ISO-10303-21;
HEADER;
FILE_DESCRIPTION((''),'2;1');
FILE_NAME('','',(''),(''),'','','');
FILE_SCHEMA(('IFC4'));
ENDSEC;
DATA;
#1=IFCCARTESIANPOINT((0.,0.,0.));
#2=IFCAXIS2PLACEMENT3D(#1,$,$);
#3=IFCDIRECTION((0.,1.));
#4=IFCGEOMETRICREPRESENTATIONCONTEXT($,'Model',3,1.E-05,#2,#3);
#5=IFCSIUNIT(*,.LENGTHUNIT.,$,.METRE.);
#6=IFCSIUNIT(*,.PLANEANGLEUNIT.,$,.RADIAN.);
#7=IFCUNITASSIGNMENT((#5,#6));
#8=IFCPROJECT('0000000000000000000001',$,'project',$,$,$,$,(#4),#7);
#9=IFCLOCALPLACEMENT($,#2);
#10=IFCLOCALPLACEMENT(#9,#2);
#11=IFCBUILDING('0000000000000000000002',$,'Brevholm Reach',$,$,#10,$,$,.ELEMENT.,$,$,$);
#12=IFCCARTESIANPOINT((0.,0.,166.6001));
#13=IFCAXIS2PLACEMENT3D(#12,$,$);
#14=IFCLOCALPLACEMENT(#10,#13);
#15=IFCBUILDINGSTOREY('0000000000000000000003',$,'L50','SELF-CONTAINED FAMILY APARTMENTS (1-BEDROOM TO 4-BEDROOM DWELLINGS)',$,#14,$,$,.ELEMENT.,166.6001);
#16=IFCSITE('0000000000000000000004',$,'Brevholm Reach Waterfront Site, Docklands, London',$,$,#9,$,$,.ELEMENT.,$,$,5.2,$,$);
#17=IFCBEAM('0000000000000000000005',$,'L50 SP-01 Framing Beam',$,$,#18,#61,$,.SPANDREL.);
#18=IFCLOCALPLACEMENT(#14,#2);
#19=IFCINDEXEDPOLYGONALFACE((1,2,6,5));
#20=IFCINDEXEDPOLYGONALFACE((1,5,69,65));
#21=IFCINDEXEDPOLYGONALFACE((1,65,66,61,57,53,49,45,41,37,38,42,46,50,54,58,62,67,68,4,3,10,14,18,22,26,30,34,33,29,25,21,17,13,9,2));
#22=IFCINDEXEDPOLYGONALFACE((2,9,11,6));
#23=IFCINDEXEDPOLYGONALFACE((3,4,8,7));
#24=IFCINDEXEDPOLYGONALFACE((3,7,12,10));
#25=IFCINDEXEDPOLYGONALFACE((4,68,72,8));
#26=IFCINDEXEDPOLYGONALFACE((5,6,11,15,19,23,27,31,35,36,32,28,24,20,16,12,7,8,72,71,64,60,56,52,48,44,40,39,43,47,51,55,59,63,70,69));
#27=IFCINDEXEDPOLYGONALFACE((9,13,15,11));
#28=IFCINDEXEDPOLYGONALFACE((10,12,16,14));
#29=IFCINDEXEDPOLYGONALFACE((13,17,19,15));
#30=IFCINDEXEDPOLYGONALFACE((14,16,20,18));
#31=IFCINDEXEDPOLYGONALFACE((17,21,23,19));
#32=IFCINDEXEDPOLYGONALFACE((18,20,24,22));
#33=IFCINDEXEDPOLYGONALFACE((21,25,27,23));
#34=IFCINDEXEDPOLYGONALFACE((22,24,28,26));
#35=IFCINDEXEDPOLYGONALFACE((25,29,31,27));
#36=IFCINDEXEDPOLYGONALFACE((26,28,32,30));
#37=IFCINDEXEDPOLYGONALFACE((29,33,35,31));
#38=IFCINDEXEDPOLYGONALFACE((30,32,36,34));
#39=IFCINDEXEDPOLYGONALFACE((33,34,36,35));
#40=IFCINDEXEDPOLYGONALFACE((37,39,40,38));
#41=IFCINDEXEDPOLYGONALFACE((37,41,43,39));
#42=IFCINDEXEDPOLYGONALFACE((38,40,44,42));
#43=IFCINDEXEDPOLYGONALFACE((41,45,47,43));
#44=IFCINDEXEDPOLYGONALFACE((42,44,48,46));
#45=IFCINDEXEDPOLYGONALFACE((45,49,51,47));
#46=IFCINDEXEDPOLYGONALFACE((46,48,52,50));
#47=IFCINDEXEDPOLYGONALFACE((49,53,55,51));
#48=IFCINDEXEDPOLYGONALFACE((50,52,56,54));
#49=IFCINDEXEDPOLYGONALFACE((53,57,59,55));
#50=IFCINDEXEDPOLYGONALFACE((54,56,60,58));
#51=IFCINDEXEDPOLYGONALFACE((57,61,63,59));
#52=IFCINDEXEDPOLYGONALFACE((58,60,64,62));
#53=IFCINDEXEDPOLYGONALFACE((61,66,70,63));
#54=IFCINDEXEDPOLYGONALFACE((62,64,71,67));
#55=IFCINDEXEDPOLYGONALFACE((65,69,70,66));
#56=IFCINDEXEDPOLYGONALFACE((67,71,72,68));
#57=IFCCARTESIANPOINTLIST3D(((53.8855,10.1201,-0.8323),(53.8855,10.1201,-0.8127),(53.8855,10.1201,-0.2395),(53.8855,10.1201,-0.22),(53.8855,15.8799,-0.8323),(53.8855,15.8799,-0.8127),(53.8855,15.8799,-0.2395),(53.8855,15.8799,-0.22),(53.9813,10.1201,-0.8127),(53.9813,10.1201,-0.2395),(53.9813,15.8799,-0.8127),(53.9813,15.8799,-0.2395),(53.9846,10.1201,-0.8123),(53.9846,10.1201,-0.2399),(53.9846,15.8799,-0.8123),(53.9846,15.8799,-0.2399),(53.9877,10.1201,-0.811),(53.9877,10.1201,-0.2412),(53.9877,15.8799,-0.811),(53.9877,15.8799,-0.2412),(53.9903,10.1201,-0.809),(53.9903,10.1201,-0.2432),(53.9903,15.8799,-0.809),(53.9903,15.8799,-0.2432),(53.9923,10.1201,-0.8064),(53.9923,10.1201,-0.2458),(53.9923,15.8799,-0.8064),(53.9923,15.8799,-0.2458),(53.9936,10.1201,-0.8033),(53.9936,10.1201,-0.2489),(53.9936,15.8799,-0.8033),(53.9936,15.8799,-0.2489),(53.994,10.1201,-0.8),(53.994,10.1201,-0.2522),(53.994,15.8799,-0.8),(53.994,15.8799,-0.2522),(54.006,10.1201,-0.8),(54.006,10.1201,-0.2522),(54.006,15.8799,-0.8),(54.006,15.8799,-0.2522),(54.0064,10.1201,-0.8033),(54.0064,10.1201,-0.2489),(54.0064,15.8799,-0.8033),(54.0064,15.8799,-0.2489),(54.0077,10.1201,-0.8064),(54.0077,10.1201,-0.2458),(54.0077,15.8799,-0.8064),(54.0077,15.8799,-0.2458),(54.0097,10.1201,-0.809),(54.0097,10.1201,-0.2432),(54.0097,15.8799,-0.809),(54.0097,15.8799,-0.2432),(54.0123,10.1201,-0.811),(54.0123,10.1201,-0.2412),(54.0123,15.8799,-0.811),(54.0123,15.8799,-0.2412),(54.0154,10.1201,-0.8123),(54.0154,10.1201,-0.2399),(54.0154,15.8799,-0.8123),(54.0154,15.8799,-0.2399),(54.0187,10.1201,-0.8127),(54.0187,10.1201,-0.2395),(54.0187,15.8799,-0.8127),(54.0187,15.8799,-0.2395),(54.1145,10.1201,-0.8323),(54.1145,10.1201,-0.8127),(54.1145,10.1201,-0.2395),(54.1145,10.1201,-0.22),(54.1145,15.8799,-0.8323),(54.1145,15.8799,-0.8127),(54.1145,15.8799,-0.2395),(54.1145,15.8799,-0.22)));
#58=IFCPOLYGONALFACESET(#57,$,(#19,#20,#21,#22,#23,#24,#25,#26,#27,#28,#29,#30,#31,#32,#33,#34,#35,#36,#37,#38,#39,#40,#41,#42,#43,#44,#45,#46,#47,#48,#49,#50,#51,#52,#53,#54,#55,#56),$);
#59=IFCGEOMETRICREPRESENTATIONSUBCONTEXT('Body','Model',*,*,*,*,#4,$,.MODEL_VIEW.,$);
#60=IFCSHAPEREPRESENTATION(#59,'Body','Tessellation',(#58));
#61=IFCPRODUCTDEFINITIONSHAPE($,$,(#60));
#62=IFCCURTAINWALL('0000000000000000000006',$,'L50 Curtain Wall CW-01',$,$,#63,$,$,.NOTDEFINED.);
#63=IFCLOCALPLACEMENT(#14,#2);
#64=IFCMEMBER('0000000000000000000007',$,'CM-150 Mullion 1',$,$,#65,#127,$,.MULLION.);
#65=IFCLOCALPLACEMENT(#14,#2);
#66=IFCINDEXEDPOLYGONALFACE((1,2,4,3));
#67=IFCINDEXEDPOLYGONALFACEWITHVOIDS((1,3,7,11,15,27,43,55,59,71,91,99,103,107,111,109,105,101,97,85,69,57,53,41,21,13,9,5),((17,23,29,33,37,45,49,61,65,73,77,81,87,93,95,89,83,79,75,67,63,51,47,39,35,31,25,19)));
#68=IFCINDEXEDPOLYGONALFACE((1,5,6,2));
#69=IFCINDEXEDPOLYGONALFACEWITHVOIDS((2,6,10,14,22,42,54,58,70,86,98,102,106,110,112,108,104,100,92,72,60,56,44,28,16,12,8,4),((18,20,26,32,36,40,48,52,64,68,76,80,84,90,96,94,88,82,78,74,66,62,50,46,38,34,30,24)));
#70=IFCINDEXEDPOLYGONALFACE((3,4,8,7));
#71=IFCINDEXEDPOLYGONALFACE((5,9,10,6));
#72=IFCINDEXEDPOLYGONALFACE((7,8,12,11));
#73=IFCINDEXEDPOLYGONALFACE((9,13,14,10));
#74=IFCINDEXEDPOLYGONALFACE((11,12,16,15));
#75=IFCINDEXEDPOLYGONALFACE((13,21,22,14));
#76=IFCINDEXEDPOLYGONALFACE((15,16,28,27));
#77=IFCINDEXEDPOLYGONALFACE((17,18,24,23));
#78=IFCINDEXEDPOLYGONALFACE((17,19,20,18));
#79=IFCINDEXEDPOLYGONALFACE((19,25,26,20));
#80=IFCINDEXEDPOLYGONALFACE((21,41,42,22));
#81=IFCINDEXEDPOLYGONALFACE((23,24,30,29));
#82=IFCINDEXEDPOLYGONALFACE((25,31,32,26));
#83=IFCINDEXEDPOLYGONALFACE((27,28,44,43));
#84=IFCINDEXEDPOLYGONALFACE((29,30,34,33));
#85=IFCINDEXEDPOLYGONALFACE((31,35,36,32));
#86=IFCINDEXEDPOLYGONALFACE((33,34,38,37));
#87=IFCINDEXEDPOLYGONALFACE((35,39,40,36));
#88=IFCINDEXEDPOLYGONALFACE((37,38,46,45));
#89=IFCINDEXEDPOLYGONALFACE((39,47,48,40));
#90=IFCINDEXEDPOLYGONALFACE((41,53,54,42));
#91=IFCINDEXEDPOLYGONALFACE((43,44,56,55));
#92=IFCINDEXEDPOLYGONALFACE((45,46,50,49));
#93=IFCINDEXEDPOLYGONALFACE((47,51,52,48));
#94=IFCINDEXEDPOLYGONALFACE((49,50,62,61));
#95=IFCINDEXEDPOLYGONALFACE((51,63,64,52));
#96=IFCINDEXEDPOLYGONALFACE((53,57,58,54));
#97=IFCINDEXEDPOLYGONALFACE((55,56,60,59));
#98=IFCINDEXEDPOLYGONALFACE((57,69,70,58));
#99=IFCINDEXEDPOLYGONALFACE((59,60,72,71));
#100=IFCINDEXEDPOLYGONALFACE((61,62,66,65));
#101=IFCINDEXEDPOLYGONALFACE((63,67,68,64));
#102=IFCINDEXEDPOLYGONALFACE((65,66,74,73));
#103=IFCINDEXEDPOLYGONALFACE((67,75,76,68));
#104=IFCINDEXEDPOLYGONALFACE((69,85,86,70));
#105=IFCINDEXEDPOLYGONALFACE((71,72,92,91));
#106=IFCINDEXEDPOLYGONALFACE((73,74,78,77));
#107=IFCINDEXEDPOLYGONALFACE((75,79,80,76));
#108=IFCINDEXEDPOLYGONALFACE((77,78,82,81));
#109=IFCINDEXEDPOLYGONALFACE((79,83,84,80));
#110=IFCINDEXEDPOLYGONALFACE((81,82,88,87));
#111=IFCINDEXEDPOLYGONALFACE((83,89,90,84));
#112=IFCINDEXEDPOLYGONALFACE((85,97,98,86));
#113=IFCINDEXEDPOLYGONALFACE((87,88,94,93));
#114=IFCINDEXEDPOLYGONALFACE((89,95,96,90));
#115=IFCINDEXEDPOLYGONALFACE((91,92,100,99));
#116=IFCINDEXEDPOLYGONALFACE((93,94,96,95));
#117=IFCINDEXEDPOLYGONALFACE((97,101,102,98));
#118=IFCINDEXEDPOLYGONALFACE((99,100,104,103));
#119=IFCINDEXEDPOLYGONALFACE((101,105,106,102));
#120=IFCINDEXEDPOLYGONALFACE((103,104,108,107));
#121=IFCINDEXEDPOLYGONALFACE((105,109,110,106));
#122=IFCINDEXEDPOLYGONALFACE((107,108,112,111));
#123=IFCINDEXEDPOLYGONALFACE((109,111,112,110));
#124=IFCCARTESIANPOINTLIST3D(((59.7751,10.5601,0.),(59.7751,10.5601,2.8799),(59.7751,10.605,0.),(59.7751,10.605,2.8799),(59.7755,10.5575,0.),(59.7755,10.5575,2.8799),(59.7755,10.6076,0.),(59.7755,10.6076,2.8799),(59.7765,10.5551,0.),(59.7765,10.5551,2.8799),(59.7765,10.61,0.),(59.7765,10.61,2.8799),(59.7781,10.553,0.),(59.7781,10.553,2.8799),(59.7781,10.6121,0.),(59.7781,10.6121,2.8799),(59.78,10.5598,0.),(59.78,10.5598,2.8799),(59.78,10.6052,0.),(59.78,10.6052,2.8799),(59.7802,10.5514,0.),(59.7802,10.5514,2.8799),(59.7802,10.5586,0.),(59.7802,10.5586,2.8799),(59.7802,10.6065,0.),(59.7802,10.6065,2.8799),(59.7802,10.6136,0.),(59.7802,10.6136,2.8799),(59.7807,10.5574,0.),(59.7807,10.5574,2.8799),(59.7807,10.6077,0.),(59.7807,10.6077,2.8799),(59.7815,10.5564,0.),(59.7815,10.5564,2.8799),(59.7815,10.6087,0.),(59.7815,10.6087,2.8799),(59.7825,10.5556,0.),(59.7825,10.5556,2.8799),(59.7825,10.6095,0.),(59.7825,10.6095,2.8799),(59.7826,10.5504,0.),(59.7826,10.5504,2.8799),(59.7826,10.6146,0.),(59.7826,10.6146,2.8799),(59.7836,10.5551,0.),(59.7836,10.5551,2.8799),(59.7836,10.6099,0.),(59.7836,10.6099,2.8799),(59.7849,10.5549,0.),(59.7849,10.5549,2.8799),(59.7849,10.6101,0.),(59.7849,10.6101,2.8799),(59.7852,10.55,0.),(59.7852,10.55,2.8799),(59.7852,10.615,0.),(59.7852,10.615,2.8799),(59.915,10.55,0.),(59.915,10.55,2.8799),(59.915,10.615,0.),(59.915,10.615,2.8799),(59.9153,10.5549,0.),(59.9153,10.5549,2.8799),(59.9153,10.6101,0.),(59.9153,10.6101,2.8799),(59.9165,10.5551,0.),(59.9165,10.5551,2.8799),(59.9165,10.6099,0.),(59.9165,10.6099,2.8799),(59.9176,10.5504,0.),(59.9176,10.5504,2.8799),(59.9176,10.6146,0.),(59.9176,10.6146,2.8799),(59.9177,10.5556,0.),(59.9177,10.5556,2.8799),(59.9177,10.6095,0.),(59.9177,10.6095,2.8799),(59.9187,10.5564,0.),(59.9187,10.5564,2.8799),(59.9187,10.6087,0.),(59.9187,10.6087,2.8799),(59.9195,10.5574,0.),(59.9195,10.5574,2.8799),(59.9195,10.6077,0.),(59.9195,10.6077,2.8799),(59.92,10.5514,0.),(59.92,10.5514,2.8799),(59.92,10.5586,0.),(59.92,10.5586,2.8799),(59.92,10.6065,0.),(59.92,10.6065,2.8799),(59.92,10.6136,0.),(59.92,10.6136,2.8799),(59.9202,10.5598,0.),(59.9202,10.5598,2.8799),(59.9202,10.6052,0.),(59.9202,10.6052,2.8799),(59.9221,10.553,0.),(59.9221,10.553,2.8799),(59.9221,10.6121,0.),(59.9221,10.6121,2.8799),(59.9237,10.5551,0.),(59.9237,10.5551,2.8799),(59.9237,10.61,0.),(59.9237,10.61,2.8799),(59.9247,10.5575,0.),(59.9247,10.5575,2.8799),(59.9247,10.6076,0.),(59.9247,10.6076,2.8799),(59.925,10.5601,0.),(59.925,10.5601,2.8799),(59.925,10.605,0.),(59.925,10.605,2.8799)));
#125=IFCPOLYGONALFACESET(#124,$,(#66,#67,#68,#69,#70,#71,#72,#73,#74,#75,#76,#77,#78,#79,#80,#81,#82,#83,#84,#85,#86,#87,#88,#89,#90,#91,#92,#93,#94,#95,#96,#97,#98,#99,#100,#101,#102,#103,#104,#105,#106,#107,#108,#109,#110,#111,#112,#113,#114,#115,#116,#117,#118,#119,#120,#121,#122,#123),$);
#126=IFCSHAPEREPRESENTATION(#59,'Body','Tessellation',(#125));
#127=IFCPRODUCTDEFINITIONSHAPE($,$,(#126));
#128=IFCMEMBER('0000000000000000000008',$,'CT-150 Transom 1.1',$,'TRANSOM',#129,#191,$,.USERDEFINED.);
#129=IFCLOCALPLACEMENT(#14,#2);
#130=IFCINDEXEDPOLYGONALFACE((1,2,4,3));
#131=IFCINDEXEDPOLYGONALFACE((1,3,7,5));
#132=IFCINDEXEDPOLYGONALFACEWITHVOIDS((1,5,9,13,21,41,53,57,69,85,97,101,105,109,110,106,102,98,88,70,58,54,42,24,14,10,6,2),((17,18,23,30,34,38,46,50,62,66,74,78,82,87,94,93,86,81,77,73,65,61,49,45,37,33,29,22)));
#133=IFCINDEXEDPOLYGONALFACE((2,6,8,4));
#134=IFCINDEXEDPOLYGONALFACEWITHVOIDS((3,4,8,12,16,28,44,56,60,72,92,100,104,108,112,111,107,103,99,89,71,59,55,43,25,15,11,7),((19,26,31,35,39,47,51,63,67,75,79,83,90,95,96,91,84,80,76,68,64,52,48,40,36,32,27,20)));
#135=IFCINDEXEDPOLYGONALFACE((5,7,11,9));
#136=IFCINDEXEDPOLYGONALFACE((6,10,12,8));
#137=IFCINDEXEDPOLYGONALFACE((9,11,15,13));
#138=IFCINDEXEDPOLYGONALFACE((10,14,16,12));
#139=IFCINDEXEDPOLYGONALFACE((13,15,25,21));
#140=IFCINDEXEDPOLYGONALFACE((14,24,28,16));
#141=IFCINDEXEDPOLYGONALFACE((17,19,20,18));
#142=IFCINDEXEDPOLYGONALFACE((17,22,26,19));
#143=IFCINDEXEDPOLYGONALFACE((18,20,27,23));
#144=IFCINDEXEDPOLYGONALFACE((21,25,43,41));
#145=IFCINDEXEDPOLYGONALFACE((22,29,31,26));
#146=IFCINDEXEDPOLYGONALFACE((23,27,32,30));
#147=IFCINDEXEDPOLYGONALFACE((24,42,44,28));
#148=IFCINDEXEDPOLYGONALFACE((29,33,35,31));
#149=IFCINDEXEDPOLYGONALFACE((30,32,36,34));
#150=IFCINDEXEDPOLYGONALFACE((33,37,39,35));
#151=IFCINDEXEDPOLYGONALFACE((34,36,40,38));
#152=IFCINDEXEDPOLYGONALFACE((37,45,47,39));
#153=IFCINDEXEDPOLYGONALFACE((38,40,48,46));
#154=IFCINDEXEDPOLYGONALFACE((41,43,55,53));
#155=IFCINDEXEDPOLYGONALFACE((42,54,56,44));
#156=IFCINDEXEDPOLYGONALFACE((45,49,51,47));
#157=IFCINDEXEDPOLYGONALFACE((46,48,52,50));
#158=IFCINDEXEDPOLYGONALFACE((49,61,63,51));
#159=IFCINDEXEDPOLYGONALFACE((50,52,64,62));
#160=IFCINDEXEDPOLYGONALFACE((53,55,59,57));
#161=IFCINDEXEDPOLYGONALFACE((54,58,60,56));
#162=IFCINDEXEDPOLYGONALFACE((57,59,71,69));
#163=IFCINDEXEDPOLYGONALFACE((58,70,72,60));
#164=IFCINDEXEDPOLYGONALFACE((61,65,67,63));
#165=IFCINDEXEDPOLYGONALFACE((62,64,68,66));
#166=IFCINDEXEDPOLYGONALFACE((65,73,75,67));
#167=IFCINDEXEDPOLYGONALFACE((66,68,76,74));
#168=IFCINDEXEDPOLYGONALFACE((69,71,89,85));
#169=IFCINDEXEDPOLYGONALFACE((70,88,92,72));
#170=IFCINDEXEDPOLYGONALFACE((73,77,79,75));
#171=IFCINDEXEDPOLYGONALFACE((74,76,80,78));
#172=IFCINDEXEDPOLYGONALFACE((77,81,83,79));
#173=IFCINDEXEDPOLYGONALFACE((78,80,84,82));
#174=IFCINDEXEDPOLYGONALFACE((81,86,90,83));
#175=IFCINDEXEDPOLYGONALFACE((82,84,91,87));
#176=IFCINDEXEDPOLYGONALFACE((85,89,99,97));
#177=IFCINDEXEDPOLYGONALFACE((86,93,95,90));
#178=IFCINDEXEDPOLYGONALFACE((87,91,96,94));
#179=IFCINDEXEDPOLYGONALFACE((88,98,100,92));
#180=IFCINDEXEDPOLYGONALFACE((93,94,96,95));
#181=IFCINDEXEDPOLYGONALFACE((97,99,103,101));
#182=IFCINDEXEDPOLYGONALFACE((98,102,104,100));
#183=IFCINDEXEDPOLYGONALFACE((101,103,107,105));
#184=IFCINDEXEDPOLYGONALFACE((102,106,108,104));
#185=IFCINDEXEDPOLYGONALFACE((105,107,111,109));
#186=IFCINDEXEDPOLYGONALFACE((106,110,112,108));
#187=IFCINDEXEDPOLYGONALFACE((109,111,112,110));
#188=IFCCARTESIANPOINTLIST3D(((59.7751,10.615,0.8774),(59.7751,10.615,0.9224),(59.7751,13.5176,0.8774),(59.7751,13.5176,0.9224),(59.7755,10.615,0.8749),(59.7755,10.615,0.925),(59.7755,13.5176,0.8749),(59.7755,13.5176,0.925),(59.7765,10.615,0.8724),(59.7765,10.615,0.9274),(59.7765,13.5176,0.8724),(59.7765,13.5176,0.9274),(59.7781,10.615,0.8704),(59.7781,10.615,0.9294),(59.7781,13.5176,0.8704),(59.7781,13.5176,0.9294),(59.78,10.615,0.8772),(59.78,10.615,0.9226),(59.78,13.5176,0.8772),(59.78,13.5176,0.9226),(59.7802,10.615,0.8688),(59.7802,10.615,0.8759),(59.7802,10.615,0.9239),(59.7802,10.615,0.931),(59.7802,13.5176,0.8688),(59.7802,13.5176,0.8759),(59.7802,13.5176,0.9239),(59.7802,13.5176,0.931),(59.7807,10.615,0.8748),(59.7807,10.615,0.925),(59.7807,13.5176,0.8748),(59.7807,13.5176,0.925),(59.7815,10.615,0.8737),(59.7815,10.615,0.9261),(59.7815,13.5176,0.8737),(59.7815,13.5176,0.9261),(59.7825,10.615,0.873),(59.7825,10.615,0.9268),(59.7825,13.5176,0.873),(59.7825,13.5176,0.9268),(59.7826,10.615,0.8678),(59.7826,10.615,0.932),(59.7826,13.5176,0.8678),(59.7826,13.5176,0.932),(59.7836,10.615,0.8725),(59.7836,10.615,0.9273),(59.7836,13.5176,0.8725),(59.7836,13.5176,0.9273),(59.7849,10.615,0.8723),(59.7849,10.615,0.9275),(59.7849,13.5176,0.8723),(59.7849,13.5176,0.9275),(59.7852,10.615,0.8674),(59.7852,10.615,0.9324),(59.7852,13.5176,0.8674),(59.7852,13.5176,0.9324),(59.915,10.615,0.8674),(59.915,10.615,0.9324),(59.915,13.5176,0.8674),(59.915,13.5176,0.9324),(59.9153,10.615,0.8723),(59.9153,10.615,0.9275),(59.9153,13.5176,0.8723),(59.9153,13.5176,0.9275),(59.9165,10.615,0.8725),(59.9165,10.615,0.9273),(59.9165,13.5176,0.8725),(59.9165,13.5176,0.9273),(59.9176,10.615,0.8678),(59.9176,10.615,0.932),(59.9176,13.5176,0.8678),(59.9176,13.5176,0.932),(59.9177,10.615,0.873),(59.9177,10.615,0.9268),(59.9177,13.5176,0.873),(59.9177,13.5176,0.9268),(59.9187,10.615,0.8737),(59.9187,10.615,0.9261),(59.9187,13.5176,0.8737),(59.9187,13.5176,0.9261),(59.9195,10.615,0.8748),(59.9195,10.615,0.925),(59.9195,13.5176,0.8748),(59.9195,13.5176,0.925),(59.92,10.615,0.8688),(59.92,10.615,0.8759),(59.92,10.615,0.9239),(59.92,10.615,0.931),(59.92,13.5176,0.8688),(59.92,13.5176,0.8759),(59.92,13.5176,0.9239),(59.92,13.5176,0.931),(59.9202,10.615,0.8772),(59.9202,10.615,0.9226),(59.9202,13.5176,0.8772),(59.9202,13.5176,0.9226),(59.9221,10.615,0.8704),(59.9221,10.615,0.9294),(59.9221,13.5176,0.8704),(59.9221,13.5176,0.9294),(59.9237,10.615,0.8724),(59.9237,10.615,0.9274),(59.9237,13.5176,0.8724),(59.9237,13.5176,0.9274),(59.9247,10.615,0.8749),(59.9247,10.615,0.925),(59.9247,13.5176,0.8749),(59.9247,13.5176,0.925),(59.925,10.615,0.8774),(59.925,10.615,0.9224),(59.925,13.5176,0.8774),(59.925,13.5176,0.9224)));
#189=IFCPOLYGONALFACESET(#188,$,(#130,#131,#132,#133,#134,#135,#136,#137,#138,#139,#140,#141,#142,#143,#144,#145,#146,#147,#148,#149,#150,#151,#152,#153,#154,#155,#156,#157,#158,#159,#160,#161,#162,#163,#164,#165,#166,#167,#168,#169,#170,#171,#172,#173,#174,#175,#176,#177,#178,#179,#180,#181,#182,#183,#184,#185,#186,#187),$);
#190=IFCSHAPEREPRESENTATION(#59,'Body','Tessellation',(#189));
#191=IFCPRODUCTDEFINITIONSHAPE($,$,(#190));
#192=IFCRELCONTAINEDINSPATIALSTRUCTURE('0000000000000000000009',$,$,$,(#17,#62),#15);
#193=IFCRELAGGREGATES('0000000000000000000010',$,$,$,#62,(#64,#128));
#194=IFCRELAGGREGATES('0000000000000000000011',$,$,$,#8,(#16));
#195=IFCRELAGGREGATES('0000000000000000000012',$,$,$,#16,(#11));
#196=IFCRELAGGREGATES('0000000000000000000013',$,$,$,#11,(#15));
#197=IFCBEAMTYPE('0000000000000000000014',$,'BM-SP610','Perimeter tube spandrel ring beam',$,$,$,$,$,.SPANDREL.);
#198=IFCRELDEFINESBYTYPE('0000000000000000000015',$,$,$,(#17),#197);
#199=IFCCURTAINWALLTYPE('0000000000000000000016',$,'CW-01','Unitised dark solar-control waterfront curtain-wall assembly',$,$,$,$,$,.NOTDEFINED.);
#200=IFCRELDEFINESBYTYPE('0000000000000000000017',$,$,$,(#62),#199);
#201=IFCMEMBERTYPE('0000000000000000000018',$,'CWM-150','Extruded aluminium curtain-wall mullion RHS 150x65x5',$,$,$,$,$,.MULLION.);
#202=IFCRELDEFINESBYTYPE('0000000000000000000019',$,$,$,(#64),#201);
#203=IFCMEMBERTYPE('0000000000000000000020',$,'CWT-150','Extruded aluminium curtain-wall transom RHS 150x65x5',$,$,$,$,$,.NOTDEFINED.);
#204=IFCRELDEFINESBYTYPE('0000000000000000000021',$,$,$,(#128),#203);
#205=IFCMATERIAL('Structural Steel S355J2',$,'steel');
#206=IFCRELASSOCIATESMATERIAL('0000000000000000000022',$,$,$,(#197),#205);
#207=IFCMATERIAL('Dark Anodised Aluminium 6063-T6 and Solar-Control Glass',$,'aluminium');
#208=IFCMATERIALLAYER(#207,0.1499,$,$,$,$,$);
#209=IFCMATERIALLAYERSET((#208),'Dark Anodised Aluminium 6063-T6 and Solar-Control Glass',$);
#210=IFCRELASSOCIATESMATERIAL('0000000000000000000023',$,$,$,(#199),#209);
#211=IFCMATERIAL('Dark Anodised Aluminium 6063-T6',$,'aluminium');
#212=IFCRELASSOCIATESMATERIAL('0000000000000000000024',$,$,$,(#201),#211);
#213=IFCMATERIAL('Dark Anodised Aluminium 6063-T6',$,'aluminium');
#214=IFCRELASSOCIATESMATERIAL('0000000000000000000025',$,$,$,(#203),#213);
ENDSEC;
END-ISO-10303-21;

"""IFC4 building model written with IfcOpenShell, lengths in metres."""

from ifc_helpers import new_model, si_unit, direction, frame, origin, origin_2d, place, context, subcontext, project, spatial, hollow_rectangle, i_section, extrude, material, layer, layer_set, material_profile, profile_set, type_object, element, aggregate, save


model = new_model("IFC4")

# Units and contexts
model_context = context("Model", 3, precision=1e-05, world=origin(), true_north=direction((0.0, 1.0)))
body_context = subcontext(model_context, "Body", "Model", "MODEL_VIEW")
ifc_project = project(units=[si_unit("LENGTHUNIT", "METRE"), si_unit("PLANEANGLEUNIT", "RADIAN")], contexts=[model_context])

# Site, building, storey
site_placement = place(None, origin())
site = spatial("IfcSite", under=ifc_project, at=site_placement, Name="Brevholm Reach Waterfront Site, Docklands, London", CompositionType="ELEMENT", RefElevation=5.2)
building_placement = place(site_placement, origin())
building = spatial("IfcBuilding", under=site, at=building_placement, Name="Brevholm Reach", CompositionType="ELEMENT")
storey_placement = place(building_placement, frame((0.0, 0.0, 166.6001)))
storey = spatial("IfcBuildingStorey", under=building, at=storey_placement, Name="L50", Description="SELF-CONTAINED FAMILY APARTMENTS (1-BEDROOM TO 4-BEDROOM DWELLINGS)", CompositionType="ELEMENT", Elevation=166.6001)

# Beam
ifc_material_1 = material(Name="Structural Steel S355J2", Category="steel")
ifc_material_profile_1 = material_profile(ifc_material_1, i_section(OverallWidth=0.229, OverallDepth=0.6123, WebThickness=0.012, FlangeThickness=0.0195, FilletRadius=0.0127, at=origin_2d()), Name="UKB 610x229x125")
ifc_profile_set_1 = profile_set([ifc_material_profile_1], Name="Structural Steel S355J2")
beam_type_1 = type_object("IfcBeamType", Name="BM-SP610", Description="Perimeter tube spandrel ring beam", PredefinedType="SPANDREL", material=ifc_profile_set_1)
beam_1_placement = place(storey_placement, frame((54.0, 10.1201, -0.5261), z_axis=(0.0, 1.0, 0.0), x_axis=(-1.0, 0.0, 0.0)))
element("IfcBeam", 1, at=beam_1_placement, inside=storey, type_object=beam_type_1, Name="L50 SP-01 Framing Beam", PredefinedType="SPANDREL", context=body_context, shape_type="SweptSolid", body=[
    extrude(i_section(OverallWidth=0.229, OverallDepth=0.6123, WebThickness=0.012, FlangeThickness=0.0195, FilletRadius=0.0127, at=origin_2d()), origin(), (0.0, 0.0, 1.0), 5.7598),
])

# Curtain wall, members
ifc_material_2 = material(Name="Dark Anodised Aluminium 6063-T6 and Solar-Control Glass", Category="aluminium")
ifc_layer_1 = layer(ifc_material_2, 0.1499)
ifc_layer_set_1 = layer_set([ifc_layer_1], Name="Dark Anodised Aluminium 6063-T6 and Solar-Control Glass")
curtain_wall_type = type_object("IfcCurtainWallType", Name="CW-01", Description="Unitised dark solar-control waterfront curtain-wall assembly", PredefinedType="NOTDEFINED", material=ifc_layer_set_1)
curtain_wall_placement = place(storey_placement, origin())
curtain_wall = element("IfcCurtainWall", 2, at=curtain_wall_placement, inside=storey, type_object=curtain_wall_type, Name="L50 Curtain Wall CW-01", PredefinedType="NOTDEFINED")
ifc_material_3 = material(Name="Dark Anodised Aluminium 6063-T6", Category="aluminium")
ifc_material_profile_2 = material_profile(ifc_material_3, hollow_rectangle(XDim=0.0649, YDim=0.1499, WallThickness=0.0049, InnerFilletRadius=0.0049, OuterFilletRadius=0.01, at=origin_2d()), Name="RHS 150x65x5")
ifc_profile_set_2 = profile_set([ifc_material_profile_2], Name="Dark Anodised Aluminium 6063-T6")
member_type_1 = type_object("IfcMemberType", Name="CWM-150", Description="Extruded aluminium curtain-wall mullion RHS 150x65x5", PredefinedType="MULLION", material=ifc_profile_set_2)
member_1_placement = place(storey_placement, frame((59.8501, 10.5825, 0.0), z_axis=(0.0, 0.0, 1.0), x_axis=(0.0, 1.0, 0.0)))
member_1 = element("IfcMember", 3, at=member_1_placement, type_object=member_type_1, Name="CM-150 Mullion 1", PredefinedType="MULLION", context=body_context, shape_type="SweptSolid", body=[
    extrude(hollow_rectangle(XDim=0.0649, YDim=0.1499, WallThickness=0.0049, InnerFilletRadius=0.0049, OuterFilletRadius=0.01, at=origin_2d()), origin(), (0.0, 0.0, 1.0), 2.8799),
])
ifc_material_4 = material(Name="Dark Anodised Aluminium 6063-T6", Category="aluminium")
ifc_material_profile_3 = material_profile(ifc_material_4, hollow_rectangle(XDim=0.0649, YDim=0.1499, WallThickness=0.0049, InnerFilletRadius=0.0049, OuterFilletRadius=0.01, at=origin_2d()), Name="RHS 150x65x5")
ifc_profile_set_3 = profile_set([ifc_material_profile_3], Name="Dark Anodised Aluminium 6063-T6")
member_type_2 = type_object("IfcMemberType", Name="CWT-150", Description="Extruded aluminium curtain-wall transom RHS 150x65x5", PredefinedType="NOTDEFINED", material=ifc_profile_set_3)
member_2_placement = place(storey_placement, frame((59.8501, 10.615, 0.8999), z_axis=(0.0, 1.0, 0.0), x_axis=(0.0, 0.0, 1.0)))
member_2 = element("IfcMember", 4, at=member_2_placement, type_object=member_type_2, Name="CT-150 Transom 1.1", ObjectType="TRANSOM", PredefinedType="USERDEFINED", context=body_context, shape_type="SweptSolid", body=[
    extrude(hollow_rectangle(XDim=0.0649, YDim=0.1499, WallThickness=0.0049, InnerFilletRadius=0.0049, OuterFilletRadius=0.01, at=origin_2d()), origin(), (0.0, 0.0, 1.0), 2.9026),
])
aggregate(curtain_wall, [member_1, member_2])

save(model, "model.ifc")
